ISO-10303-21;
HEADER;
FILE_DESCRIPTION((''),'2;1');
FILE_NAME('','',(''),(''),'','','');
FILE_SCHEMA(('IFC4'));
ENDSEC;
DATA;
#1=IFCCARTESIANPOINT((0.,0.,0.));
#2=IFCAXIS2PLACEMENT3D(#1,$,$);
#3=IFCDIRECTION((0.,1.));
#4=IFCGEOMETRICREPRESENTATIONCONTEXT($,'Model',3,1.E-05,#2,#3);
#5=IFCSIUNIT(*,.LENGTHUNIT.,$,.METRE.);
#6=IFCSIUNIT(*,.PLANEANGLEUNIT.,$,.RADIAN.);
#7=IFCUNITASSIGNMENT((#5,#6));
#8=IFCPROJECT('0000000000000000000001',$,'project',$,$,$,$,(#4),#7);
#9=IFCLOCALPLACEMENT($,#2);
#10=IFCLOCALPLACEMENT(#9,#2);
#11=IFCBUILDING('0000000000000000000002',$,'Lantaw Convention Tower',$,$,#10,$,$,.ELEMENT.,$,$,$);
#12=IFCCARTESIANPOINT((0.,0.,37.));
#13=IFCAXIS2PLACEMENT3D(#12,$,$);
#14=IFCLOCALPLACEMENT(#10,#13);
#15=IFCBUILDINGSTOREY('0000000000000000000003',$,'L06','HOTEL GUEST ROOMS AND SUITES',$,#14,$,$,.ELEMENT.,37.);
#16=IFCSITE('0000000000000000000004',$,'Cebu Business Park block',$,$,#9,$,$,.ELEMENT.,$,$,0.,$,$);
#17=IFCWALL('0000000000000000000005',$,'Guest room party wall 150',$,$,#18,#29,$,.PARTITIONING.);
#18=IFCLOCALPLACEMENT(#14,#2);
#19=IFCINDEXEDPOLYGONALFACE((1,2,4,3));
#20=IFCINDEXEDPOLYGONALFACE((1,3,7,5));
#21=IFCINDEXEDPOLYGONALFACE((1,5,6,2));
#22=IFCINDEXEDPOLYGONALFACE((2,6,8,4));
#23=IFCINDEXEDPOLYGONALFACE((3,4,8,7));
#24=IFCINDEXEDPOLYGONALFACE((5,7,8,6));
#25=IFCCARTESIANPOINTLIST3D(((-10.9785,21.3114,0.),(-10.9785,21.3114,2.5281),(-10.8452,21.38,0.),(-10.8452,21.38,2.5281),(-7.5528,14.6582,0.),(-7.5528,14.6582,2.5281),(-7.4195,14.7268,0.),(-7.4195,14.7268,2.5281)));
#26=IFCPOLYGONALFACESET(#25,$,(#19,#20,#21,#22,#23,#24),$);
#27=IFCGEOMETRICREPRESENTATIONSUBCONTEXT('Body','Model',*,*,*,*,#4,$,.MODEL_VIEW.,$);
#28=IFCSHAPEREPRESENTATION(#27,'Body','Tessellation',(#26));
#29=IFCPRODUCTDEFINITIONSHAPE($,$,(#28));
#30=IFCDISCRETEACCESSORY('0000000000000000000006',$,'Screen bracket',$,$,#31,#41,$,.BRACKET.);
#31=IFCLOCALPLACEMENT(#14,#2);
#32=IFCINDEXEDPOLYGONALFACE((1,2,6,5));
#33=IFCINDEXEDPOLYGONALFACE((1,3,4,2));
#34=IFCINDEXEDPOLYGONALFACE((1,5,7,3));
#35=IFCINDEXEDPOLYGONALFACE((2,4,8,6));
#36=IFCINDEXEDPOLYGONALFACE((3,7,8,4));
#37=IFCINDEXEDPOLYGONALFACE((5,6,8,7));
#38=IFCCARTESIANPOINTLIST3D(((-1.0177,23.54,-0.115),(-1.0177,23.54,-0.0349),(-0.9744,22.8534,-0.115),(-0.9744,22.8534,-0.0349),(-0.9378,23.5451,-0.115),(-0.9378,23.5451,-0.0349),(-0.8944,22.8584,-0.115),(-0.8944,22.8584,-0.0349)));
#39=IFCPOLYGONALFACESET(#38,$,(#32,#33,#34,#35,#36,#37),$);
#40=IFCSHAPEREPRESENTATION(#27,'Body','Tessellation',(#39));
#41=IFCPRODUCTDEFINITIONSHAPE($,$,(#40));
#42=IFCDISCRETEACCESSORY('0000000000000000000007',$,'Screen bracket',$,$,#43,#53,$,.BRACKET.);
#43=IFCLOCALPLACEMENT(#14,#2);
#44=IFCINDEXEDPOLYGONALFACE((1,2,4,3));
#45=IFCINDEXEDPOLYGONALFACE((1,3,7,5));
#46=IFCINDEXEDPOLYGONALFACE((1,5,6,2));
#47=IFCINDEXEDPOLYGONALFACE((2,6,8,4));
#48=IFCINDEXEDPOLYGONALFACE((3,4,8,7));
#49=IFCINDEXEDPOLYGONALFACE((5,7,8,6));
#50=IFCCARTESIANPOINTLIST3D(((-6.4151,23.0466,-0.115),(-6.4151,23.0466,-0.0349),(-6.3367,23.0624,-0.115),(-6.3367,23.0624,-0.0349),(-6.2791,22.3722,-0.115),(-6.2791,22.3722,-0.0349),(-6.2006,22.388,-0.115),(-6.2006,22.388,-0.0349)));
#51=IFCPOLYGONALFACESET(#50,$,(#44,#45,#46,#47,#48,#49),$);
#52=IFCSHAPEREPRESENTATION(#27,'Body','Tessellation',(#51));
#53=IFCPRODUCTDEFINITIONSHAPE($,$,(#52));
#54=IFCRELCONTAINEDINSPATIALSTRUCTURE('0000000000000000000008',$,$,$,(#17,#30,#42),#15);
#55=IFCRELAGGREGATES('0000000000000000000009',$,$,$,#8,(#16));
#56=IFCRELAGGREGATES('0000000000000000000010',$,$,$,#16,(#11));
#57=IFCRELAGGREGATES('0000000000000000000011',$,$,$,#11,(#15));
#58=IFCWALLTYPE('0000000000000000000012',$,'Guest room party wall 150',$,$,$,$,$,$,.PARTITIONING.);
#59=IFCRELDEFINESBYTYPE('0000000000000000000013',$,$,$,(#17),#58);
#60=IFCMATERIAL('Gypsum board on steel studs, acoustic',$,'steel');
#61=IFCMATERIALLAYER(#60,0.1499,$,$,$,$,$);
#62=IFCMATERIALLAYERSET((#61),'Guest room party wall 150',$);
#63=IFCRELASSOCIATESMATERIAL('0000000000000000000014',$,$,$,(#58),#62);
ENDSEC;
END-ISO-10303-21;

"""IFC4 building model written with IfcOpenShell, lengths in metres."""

from ifc_helpers import new_model, si_unit, direction, frame, frame_2d, origin, origin_2d, place, context, subcontext, project, spatial, rectangle, extrude, material, layer, layer_set, type_object, element, save


model = new_model("IFC4")

# Units and contexts
model_context = context("Model", 3, precision=1e-05, world=origin(), true_north=direction((0.0, 1.0)))
body_context = subcontext(model_context, "Body", "Model", "MODEL_VIEW")
ifc_project = project(units=[si_unit("LENGTHUNIT", "METRE"), si_unit("PLANEANGLEUNIT", "RADIAN")], contexts=[model_context])

# Site, building, storey
site_placement = place(None, origin())
site = spatial("IfcSite", under=ifc_project, at=site_placement, Name="Cebu Business Park block", CompositionType="ELEMENT", RefElevation=0.0)
building_placement = place(site_placement, origin())
building = spatial("IfcBuilding", under=site, at=building_placement, Name="Lantaw Convention Tower", CompositionType="ELEMENT")
storey_placement = place(building_placement, frame((0.0, 0.0, 37.0)))
storey = spatial("IfcBuildingStorey", under=building, at=storey_placement, Name="L06", Description="HOTEL GUEST ROOMS AND SUITES", CompositionType="ELEMENT", Elevation=37.0)

# Wall
ifc_material_1 = material(Name="Gypsum board on steel studs, acoustic", Category="steel")
ifc_layer_1 = layer(ifc_material_1, 0.1499)
ifc_layer_set_1 = layer_set([ifc_layer_1], Name="Guest room party wall 150")
wall_type_1 = type_object("IfcWallType", Name="Guest room party wall 150", PredefinedType="PARTITIONING", material=ifc_layer_set_1)
wall_1_placement = place(storey_placement, frame((-10.9119, 21.3457, 0.0), z_axis=(0.0, 0.0, 1.0), x_axis=(0.457778, -0.889066, 0.0)))
element("IfcWall", 1, at=wall_1_placement, inside=storey, type_object=wall_type_1, Name="Guest room party wall 150", PredefinedType="PARTITIONING", context=body_context, shape_type="SweptSolid", body=[
    extrude(rectangle(XDim=7.4834, YDim=0.1499, at=frame_2d((3.7417, 0.0))), origin(), (0.0, 0.0, 1.0), 2.5281),
])

# Discrete accessories
for number, where, z_axis, x_axis, name in (
    (2, (-0.9561, 23.1992, -0.115), (0.0, 0.0, 1.0), (-0.998016, -0.062958, 0.0), "Screen bracket"),
    (3, (-6.3079, 22.7173, -0.115), (0.0, 0.0, 1.0), (-0.980245, -0.197789, 0.0), "Screen bracket"),
):
    element("IfcDiscreteAccessory", number, at=place(storey_placement, frame(where, z_axis=z_axis, x_axis=x_axis)), inside=storey, Name=name, PredefinedType="BRACKET", context=body_context, shape_type="SweptSolid", body=[
        extrude(rectangle(XDim=0.0801, YDim=0.688, at=origin_2d()), origin(), (0.0, 0.0, 1.0), 0.0801),
    ])

save(model, "model.ifc")
